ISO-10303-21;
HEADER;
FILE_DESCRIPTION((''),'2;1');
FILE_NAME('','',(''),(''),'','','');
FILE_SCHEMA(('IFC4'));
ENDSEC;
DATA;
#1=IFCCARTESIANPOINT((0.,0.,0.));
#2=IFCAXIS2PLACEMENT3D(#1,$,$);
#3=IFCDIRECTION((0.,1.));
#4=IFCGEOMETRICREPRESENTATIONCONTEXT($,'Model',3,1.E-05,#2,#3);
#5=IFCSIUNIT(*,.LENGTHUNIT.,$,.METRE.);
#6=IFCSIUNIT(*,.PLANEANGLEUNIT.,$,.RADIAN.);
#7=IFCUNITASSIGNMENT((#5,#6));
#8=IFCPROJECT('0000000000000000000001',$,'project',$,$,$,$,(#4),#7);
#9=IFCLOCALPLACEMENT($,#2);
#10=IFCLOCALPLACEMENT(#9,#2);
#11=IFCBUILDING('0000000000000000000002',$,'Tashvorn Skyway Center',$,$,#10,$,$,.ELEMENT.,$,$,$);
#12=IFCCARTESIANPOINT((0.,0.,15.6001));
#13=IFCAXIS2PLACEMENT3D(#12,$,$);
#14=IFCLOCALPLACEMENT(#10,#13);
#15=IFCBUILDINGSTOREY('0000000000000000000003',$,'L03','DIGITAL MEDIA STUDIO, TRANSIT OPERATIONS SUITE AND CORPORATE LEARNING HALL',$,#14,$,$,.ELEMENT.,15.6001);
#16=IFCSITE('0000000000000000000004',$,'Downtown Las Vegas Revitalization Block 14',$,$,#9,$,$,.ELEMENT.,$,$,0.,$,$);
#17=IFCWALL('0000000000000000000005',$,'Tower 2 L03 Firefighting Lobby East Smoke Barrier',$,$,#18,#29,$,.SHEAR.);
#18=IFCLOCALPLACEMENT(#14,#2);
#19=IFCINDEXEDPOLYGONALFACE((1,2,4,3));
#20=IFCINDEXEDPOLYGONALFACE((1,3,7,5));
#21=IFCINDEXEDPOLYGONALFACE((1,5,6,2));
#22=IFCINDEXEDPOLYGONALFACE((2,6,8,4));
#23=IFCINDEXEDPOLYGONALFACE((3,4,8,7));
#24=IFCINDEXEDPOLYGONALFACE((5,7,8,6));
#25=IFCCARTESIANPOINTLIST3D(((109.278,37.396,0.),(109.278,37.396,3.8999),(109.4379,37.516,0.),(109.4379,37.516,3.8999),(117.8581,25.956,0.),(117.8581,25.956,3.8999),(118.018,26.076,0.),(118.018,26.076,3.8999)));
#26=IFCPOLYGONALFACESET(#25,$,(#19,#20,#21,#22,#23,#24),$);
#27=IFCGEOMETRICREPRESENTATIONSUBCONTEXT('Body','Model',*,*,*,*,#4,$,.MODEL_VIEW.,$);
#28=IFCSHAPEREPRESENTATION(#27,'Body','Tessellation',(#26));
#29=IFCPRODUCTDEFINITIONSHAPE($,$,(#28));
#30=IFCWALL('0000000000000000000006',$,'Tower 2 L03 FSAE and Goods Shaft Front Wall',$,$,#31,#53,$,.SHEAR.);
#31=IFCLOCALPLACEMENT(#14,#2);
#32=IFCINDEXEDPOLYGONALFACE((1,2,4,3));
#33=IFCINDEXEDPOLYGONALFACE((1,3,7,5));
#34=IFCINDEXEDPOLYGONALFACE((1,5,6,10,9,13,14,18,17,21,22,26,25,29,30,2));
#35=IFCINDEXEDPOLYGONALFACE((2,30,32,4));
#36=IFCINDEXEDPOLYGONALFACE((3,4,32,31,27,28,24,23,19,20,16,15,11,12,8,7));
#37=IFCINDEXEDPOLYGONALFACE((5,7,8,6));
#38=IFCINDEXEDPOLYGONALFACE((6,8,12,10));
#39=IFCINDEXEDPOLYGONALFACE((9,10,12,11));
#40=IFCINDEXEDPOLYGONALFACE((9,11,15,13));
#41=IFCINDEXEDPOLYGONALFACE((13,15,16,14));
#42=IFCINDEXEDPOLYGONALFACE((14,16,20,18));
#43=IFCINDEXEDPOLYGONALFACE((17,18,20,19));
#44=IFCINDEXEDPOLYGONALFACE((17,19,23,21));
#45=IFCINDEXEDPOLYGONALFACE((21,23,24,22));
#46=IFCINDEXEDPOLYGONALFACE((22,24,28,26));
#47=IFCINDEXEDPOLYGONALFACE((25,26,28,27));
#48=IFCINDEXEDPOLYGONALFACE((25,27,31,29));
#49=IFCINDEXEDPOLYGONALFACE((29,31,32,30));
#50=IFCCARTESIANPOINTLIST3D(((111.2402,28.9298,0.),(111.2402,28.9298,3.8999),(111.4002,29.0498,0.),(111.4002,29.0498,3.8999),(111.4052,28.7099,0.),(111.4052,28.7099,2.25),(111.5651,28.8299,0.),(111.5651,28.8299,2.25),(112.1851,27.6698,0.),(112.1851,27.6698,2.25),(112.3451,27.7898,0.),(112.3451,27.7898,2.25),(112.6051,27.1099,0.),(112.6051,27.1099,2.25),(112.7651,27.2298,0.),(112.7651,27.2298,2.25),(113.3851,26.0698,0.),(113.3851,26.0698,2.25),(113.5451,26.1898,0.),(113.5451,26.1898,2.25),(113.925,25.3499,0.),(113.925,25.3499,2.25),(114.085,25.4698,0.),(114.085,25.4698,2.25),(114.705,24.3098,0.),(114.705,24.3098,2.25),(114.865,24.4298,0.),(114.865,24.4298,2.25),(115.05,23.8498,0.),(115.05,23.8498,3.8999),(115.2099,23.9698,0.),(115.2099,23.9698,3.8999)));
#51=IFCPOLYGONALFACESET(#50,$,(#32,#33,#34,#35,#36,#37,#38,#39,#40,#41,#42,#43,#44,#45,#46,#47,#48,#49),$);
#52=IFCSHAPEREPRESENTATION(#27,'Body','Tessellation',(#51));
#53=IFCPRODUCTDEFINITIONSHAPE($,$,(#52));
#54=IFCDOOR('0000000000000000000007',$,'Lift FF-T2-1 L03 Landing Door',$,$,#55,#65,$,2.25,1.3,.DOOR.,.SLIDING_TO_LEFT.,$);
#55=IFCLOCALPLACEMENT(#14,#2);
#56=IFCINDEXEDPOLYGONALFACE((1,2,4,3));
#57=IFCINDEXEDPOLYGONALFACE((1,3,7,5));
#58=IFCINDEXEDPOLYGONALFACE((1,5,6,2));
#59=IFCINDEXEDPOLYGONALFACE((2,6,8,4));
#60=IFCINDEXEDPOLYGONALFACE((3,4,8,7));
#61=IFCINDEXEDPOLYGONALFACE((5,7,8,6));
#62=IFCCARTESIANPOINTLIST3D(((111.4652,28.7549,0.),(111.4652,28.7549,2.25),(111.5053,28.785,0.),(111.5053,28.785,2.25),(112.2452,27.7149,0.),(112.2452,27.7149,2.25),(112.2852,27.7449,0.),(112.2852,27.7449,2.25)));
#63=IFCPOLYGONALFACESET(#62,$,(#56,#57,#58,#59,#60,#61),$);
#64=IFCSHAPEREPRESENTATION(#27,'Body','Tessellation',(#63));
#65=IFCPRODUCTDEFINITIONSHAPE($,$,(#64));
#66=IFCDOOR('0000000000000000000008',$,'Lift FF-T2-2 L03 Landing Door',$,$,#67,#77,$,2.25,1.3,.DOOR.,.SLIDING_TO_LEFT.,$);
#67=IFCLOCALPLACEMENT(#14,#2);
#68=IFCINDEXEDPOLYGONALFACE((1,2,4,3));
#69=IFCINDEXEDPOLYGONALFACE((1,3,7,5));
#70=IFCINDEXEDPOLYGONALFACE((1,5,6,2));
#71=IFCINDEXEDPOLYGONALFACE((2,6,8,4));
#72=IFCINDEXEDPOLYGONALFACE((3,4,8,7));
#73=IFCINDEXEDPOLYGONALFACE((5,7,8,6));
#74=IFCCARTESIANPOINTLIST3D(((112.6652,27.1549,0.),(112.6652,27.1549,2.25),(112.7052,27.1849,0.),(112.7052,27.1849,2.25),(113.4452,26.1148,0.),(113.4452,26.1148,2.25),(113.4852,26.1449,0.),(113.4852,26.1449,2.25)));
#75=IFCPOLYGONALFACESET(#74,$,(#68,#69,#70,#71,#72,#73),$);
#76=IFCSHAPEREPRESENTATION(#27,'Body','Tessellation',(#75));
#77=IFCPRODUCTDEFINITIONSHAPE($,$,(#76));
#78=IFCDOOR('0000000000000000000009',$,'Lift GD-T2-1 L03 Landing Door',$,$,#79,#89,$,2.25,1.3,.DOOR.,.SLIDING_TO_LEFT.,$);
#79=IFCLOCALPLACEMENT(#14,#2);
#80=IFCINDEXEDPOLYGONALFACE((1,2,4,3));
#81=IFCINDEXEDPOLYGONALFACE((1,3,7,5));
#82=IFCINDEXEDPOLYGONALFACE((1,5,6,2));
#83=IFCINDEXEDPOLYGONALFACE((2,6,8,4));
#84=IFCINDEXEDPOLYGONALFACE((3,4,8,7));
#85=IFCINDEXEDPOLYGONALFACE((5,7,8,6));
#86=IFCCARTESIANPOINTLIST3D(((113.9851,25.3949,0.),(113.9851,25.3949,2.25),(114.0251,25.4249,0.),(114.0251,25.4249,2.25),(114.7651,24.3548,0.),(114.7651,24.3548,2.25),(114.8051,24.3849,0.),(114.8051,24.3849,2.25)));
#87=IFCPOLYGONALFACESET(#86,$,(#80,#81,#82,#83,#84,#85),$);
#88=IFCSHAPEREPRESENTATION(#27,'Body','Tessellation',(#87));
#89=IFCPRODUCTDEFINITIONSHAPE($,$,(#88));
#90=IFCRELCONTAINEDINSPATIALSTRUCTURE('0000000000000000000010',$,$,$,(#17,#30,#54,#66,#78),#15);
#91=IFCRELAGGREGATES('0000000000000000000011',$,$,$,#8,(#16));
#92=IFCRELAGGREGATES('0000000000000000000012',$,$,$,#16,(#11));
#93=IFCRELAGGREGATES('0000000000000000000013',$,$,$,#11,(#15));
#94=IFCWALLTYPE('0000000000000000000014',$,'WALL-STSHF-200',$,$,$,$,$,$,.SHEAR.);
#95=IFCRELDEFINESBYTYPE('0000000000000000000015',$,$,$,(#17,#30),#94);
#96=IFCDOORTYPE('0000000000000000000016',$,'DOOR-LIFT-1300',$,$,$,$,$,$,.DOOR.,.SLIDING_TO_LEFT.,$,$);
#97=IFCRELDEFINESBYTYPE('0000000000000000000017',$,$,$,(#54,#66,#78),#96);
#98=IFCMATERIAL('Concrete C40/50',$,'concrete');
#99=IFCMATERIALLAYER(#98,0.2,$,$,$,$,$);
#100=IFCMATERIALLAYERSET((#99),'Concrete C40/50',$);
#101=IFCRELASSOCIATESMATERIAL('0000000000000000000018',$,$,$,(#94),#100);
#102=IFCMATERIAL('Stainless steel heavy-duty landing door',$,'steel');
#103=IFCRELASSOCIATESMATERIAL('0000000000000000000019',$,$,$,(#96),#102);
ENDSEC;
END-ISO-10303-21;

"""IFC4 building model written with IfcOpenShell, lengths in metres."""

from ifc_helpers import new_model, si_unit, direction, frame, frame_2d, origin, place, context, subcontext, project, spatial, rectangle, extrude, material, layer, layer_set, type_object, element, fill, save


model = new_model("IFC4")

# Units and contexts
model_context = context("Model", 3, precision=1e-05, world=origin(), true_north=direction((0.0, 1.0)))
body_context = subcontext(model_context, "Body", "Model", "MODEL_VIEW")
ifc_project = project(units=[si_unit("LENGTHUNIT", "METRE"), si_unit("PLANEANGLEUNIT", "RADIAN")], contexts=[model_context])

# Site, building, storey
site_placement = place(None, origin())
site = spatial("IfcSite", under=ifc_project, at=site_placement, Name="Downtown Las Vegas Revitalization Block 14", CompositionType="ELEMENT", RefElevation=0.0)
building_placement = place(site_placement, origin())
building = spatial("IfcBuilding", under=site, at=building_placement, Name="Tashvorn Skyway Center", CompositionType="ELEMENT")
storey_placement = place(building_placement, frame((0.0, 0.0, 15.6001)))
storey = spatial("IfcBuildingStorey", under=building, at=storey_placement, Name="L03", Description="DIGITAL MEDIA STUDIO, TRANSIT OPERATIONS SUITE AND CORPORATE LEARNING HALL", CompositionType="ELEMENT", Elevation=15.6001)

# Shared definitions
ifc_material_1 = material(Name="Concrete C40/50", Category="concrete")

# Wall
ifc_layer_1 = layer(ifc_material_1, 0.2)
ifc_layer_set_1 = layer_set([ifc_layer_1], Name="Concrete C40/50")
wall_type_1 = type_object("IfcWallType", Name="WALL-STSHF-200", PredefinedType="SHEAR", material=ifc_layer_set_1)
wall_1_placement = place(storey_placement, frame((117.938, 26.0161, 0.0), z_axis=(0.0, 0.0, 1.0), x_axis=(-0.600005, 0.799996, 0.0)))
element("IfcWall", 1, at=wall_1_placement, inside=storey, type_object=wall_type_1, Name="Tower 2 L03 Firefighting Lobby East Smoke Barrier", PredefinedType="SHEAR", context=body_context, shape_type="SweptSolid", body=[
    extrude(rectangle(XDim=14.3, YDim=0.2, at=frame_2d((7.1499, 0.0))), origin(), (0.0, 0.0, 1.0), 3.8999),
])

# Wall, openings, doors
wall_2_placement = place(storey_placement, frame((115.1299, 23.9099, 0.0), z_axis=(0.0, 0.0, 1.0), x_axis=(-0.599975, 0.800018, 0.0)))
wall_2 = element("IfcWall", 2, at=wall_2_placement, inside=storey, type_object=wall_type_1, Name="Tower 2 L03 FSAE and Goods Shaft Front Wall", PredefinedType="SHEAR", context=body_context, shape_type="SweptSolid", body=[
    extrude(rectangle(XDim=6.3499, YDim=0.2, at=frame_2d((3.1748, 0.0))), origin(), (0.0, 0.0, 1.0), 3.8999),
])
opening_1_placement = place(wall_2_placement, frame((4.7749, 0.0, 0.0)))
opening_1 = element("IfcOpeningElement", 3, at=opening_1_placement, cuts=wall_2, PredefinedType="OPENING", context=body_context, shape_type="SweptSolid", body=[
    extrude(rectangle(XDim=1.3, YDim=2.25, at=frame_2d((0.6499, 1.125))), frame((0.0, 0.1099, 0.0), z_axis=(0.0, -1.0, 0.0), x_axis=(1.0, 0.0, 0.0)), (0.0, 0.0, 1.0), 0.22),
])
opening_2_placement = place(wall_2_placement, frame((2.7749, 0.0, 0.0)))
opening_2 = element("IfcOpeningElement", 4, at=opening_2_placement, cuts=wall_2, PredefinedType="OPENING", context=body_context, shape_type="SweptSolid", body=[
    extrude(rectangle(XDim=1.3, YDim=2.25, at=frame_2d((0.6499, 1.125))), frame((0.0, 0.1099, 0.0), z_axis=(0.0, -1.0, 0.0), x_axis=(1.0, 0.0, 0.0)), (0.0, 0.0, 1.0), 0.22),
])
opening_3_placement = place(wall_2_placement, frame((0.575, 0.0, 0.0)))
opening_3 = element("IfcOpeningElement", 5, at=opening_3_placement, cuts=wall_2, PredefinedType="OPENING", context=body_context, shape_type="SweptSolid", body=[
    extrude(rectangle(XDim=1.3, YDim=2.25, at=frame_2d((0.6499, 1.125))), frame((0.0, 0.1099, 0.0), z_axis=(0.0, -1.0, 0.0), x_axis=(1.0, 0.0, 0.0)), (0.0, 0.0, 1.0), 0.22),
])
ifc_material_2 = material(Name="Stainless steel heavy-duty landing door", Category="steel")
door_type_1 = type_object("IfcDoorType", Name="DOOR-LIFT-1300", OperationType="SLIDING_TO_LEFT", PredefinedType="DOOR", material=ifc_material_2)
door_1_placement = place(opening_1_placement, origin())
door_1 = element("IfcDoor", 6, at=door_1_placement, inside=storey, type_object=door_type_1, Name="Lift FF-T2-1 L03 Landing Door", OperationType="SLIDING_TO_LEFT", OverallHeight=2.25, OverallWidth=1.3, PredefinedType="DOOR", context=body_context, shape_type="SweptSolid", body=[
    extrude(rectangle(XDim=1.3, YDim=2.25, at=frame_2d((0.6499, 1.125))), frame((0.0, 0.0249, 0.0), z_axis=(0.0, -1.0, 0.0), x_axis=(1.0, 0.0, 0.0)), (0.0, 0.0, 1.0), 0.05),
])
fill(opening_1, door_1)
door_2_placement = place(opening_2_placement, origin())
door_2 = element("IfcDoor", 7, at=door_2_placement, inside=storey, type_object=door_type_1, Name="Lift FF-T2-2 L03 Landing Door", OperationType="SLIDING_TO_LEFT", OverallHeight=2.25, OverallWidth=1.3, PredefinedType="DOOR", context=body_context, shape_type="SweptSolid", body=[
    extrude(rectangle(XDim=1.3, YDim=2.25, at=frame_2d((0.6499, 1.125))), frame((0.0, 0.0249, 0.0), z_axis=(0.0, -1.0, 0.0), x_axis=(1.0, 0.0, 0.0)), (0.0, 0.0, 1.0), 0.05),
])
fill(opening_2, door_2)
door_3_placement = place(opening_3_placement, origin())
door_3 = element("IfcDoor", 8, at=door_3_placement, inside=storey, type_object=door_type_1, Name="Lift GD-T2-1 L03 Landing Door", OperationType="SLIDING_TO_LEFT", OverallHeight=2.25, OverallWidth=1.3, PredefinedType="DOOR", context=body_context, shape_type="SweptSolid", body=[
    extrude(rectangle(XDim=1.3, YDim=2.25, at=frame_2d((0.6499, 1.125))), frame((0.0, 0.0249, 0.0), z_axis=(0.0, -1.0, 0.0), x_axis=(1.0, 0.0, 0.0)), (0.0, 0.0, 1.0), 0.05),
])
fill(opening_3, door_3)

save(model, "model.ifc")
